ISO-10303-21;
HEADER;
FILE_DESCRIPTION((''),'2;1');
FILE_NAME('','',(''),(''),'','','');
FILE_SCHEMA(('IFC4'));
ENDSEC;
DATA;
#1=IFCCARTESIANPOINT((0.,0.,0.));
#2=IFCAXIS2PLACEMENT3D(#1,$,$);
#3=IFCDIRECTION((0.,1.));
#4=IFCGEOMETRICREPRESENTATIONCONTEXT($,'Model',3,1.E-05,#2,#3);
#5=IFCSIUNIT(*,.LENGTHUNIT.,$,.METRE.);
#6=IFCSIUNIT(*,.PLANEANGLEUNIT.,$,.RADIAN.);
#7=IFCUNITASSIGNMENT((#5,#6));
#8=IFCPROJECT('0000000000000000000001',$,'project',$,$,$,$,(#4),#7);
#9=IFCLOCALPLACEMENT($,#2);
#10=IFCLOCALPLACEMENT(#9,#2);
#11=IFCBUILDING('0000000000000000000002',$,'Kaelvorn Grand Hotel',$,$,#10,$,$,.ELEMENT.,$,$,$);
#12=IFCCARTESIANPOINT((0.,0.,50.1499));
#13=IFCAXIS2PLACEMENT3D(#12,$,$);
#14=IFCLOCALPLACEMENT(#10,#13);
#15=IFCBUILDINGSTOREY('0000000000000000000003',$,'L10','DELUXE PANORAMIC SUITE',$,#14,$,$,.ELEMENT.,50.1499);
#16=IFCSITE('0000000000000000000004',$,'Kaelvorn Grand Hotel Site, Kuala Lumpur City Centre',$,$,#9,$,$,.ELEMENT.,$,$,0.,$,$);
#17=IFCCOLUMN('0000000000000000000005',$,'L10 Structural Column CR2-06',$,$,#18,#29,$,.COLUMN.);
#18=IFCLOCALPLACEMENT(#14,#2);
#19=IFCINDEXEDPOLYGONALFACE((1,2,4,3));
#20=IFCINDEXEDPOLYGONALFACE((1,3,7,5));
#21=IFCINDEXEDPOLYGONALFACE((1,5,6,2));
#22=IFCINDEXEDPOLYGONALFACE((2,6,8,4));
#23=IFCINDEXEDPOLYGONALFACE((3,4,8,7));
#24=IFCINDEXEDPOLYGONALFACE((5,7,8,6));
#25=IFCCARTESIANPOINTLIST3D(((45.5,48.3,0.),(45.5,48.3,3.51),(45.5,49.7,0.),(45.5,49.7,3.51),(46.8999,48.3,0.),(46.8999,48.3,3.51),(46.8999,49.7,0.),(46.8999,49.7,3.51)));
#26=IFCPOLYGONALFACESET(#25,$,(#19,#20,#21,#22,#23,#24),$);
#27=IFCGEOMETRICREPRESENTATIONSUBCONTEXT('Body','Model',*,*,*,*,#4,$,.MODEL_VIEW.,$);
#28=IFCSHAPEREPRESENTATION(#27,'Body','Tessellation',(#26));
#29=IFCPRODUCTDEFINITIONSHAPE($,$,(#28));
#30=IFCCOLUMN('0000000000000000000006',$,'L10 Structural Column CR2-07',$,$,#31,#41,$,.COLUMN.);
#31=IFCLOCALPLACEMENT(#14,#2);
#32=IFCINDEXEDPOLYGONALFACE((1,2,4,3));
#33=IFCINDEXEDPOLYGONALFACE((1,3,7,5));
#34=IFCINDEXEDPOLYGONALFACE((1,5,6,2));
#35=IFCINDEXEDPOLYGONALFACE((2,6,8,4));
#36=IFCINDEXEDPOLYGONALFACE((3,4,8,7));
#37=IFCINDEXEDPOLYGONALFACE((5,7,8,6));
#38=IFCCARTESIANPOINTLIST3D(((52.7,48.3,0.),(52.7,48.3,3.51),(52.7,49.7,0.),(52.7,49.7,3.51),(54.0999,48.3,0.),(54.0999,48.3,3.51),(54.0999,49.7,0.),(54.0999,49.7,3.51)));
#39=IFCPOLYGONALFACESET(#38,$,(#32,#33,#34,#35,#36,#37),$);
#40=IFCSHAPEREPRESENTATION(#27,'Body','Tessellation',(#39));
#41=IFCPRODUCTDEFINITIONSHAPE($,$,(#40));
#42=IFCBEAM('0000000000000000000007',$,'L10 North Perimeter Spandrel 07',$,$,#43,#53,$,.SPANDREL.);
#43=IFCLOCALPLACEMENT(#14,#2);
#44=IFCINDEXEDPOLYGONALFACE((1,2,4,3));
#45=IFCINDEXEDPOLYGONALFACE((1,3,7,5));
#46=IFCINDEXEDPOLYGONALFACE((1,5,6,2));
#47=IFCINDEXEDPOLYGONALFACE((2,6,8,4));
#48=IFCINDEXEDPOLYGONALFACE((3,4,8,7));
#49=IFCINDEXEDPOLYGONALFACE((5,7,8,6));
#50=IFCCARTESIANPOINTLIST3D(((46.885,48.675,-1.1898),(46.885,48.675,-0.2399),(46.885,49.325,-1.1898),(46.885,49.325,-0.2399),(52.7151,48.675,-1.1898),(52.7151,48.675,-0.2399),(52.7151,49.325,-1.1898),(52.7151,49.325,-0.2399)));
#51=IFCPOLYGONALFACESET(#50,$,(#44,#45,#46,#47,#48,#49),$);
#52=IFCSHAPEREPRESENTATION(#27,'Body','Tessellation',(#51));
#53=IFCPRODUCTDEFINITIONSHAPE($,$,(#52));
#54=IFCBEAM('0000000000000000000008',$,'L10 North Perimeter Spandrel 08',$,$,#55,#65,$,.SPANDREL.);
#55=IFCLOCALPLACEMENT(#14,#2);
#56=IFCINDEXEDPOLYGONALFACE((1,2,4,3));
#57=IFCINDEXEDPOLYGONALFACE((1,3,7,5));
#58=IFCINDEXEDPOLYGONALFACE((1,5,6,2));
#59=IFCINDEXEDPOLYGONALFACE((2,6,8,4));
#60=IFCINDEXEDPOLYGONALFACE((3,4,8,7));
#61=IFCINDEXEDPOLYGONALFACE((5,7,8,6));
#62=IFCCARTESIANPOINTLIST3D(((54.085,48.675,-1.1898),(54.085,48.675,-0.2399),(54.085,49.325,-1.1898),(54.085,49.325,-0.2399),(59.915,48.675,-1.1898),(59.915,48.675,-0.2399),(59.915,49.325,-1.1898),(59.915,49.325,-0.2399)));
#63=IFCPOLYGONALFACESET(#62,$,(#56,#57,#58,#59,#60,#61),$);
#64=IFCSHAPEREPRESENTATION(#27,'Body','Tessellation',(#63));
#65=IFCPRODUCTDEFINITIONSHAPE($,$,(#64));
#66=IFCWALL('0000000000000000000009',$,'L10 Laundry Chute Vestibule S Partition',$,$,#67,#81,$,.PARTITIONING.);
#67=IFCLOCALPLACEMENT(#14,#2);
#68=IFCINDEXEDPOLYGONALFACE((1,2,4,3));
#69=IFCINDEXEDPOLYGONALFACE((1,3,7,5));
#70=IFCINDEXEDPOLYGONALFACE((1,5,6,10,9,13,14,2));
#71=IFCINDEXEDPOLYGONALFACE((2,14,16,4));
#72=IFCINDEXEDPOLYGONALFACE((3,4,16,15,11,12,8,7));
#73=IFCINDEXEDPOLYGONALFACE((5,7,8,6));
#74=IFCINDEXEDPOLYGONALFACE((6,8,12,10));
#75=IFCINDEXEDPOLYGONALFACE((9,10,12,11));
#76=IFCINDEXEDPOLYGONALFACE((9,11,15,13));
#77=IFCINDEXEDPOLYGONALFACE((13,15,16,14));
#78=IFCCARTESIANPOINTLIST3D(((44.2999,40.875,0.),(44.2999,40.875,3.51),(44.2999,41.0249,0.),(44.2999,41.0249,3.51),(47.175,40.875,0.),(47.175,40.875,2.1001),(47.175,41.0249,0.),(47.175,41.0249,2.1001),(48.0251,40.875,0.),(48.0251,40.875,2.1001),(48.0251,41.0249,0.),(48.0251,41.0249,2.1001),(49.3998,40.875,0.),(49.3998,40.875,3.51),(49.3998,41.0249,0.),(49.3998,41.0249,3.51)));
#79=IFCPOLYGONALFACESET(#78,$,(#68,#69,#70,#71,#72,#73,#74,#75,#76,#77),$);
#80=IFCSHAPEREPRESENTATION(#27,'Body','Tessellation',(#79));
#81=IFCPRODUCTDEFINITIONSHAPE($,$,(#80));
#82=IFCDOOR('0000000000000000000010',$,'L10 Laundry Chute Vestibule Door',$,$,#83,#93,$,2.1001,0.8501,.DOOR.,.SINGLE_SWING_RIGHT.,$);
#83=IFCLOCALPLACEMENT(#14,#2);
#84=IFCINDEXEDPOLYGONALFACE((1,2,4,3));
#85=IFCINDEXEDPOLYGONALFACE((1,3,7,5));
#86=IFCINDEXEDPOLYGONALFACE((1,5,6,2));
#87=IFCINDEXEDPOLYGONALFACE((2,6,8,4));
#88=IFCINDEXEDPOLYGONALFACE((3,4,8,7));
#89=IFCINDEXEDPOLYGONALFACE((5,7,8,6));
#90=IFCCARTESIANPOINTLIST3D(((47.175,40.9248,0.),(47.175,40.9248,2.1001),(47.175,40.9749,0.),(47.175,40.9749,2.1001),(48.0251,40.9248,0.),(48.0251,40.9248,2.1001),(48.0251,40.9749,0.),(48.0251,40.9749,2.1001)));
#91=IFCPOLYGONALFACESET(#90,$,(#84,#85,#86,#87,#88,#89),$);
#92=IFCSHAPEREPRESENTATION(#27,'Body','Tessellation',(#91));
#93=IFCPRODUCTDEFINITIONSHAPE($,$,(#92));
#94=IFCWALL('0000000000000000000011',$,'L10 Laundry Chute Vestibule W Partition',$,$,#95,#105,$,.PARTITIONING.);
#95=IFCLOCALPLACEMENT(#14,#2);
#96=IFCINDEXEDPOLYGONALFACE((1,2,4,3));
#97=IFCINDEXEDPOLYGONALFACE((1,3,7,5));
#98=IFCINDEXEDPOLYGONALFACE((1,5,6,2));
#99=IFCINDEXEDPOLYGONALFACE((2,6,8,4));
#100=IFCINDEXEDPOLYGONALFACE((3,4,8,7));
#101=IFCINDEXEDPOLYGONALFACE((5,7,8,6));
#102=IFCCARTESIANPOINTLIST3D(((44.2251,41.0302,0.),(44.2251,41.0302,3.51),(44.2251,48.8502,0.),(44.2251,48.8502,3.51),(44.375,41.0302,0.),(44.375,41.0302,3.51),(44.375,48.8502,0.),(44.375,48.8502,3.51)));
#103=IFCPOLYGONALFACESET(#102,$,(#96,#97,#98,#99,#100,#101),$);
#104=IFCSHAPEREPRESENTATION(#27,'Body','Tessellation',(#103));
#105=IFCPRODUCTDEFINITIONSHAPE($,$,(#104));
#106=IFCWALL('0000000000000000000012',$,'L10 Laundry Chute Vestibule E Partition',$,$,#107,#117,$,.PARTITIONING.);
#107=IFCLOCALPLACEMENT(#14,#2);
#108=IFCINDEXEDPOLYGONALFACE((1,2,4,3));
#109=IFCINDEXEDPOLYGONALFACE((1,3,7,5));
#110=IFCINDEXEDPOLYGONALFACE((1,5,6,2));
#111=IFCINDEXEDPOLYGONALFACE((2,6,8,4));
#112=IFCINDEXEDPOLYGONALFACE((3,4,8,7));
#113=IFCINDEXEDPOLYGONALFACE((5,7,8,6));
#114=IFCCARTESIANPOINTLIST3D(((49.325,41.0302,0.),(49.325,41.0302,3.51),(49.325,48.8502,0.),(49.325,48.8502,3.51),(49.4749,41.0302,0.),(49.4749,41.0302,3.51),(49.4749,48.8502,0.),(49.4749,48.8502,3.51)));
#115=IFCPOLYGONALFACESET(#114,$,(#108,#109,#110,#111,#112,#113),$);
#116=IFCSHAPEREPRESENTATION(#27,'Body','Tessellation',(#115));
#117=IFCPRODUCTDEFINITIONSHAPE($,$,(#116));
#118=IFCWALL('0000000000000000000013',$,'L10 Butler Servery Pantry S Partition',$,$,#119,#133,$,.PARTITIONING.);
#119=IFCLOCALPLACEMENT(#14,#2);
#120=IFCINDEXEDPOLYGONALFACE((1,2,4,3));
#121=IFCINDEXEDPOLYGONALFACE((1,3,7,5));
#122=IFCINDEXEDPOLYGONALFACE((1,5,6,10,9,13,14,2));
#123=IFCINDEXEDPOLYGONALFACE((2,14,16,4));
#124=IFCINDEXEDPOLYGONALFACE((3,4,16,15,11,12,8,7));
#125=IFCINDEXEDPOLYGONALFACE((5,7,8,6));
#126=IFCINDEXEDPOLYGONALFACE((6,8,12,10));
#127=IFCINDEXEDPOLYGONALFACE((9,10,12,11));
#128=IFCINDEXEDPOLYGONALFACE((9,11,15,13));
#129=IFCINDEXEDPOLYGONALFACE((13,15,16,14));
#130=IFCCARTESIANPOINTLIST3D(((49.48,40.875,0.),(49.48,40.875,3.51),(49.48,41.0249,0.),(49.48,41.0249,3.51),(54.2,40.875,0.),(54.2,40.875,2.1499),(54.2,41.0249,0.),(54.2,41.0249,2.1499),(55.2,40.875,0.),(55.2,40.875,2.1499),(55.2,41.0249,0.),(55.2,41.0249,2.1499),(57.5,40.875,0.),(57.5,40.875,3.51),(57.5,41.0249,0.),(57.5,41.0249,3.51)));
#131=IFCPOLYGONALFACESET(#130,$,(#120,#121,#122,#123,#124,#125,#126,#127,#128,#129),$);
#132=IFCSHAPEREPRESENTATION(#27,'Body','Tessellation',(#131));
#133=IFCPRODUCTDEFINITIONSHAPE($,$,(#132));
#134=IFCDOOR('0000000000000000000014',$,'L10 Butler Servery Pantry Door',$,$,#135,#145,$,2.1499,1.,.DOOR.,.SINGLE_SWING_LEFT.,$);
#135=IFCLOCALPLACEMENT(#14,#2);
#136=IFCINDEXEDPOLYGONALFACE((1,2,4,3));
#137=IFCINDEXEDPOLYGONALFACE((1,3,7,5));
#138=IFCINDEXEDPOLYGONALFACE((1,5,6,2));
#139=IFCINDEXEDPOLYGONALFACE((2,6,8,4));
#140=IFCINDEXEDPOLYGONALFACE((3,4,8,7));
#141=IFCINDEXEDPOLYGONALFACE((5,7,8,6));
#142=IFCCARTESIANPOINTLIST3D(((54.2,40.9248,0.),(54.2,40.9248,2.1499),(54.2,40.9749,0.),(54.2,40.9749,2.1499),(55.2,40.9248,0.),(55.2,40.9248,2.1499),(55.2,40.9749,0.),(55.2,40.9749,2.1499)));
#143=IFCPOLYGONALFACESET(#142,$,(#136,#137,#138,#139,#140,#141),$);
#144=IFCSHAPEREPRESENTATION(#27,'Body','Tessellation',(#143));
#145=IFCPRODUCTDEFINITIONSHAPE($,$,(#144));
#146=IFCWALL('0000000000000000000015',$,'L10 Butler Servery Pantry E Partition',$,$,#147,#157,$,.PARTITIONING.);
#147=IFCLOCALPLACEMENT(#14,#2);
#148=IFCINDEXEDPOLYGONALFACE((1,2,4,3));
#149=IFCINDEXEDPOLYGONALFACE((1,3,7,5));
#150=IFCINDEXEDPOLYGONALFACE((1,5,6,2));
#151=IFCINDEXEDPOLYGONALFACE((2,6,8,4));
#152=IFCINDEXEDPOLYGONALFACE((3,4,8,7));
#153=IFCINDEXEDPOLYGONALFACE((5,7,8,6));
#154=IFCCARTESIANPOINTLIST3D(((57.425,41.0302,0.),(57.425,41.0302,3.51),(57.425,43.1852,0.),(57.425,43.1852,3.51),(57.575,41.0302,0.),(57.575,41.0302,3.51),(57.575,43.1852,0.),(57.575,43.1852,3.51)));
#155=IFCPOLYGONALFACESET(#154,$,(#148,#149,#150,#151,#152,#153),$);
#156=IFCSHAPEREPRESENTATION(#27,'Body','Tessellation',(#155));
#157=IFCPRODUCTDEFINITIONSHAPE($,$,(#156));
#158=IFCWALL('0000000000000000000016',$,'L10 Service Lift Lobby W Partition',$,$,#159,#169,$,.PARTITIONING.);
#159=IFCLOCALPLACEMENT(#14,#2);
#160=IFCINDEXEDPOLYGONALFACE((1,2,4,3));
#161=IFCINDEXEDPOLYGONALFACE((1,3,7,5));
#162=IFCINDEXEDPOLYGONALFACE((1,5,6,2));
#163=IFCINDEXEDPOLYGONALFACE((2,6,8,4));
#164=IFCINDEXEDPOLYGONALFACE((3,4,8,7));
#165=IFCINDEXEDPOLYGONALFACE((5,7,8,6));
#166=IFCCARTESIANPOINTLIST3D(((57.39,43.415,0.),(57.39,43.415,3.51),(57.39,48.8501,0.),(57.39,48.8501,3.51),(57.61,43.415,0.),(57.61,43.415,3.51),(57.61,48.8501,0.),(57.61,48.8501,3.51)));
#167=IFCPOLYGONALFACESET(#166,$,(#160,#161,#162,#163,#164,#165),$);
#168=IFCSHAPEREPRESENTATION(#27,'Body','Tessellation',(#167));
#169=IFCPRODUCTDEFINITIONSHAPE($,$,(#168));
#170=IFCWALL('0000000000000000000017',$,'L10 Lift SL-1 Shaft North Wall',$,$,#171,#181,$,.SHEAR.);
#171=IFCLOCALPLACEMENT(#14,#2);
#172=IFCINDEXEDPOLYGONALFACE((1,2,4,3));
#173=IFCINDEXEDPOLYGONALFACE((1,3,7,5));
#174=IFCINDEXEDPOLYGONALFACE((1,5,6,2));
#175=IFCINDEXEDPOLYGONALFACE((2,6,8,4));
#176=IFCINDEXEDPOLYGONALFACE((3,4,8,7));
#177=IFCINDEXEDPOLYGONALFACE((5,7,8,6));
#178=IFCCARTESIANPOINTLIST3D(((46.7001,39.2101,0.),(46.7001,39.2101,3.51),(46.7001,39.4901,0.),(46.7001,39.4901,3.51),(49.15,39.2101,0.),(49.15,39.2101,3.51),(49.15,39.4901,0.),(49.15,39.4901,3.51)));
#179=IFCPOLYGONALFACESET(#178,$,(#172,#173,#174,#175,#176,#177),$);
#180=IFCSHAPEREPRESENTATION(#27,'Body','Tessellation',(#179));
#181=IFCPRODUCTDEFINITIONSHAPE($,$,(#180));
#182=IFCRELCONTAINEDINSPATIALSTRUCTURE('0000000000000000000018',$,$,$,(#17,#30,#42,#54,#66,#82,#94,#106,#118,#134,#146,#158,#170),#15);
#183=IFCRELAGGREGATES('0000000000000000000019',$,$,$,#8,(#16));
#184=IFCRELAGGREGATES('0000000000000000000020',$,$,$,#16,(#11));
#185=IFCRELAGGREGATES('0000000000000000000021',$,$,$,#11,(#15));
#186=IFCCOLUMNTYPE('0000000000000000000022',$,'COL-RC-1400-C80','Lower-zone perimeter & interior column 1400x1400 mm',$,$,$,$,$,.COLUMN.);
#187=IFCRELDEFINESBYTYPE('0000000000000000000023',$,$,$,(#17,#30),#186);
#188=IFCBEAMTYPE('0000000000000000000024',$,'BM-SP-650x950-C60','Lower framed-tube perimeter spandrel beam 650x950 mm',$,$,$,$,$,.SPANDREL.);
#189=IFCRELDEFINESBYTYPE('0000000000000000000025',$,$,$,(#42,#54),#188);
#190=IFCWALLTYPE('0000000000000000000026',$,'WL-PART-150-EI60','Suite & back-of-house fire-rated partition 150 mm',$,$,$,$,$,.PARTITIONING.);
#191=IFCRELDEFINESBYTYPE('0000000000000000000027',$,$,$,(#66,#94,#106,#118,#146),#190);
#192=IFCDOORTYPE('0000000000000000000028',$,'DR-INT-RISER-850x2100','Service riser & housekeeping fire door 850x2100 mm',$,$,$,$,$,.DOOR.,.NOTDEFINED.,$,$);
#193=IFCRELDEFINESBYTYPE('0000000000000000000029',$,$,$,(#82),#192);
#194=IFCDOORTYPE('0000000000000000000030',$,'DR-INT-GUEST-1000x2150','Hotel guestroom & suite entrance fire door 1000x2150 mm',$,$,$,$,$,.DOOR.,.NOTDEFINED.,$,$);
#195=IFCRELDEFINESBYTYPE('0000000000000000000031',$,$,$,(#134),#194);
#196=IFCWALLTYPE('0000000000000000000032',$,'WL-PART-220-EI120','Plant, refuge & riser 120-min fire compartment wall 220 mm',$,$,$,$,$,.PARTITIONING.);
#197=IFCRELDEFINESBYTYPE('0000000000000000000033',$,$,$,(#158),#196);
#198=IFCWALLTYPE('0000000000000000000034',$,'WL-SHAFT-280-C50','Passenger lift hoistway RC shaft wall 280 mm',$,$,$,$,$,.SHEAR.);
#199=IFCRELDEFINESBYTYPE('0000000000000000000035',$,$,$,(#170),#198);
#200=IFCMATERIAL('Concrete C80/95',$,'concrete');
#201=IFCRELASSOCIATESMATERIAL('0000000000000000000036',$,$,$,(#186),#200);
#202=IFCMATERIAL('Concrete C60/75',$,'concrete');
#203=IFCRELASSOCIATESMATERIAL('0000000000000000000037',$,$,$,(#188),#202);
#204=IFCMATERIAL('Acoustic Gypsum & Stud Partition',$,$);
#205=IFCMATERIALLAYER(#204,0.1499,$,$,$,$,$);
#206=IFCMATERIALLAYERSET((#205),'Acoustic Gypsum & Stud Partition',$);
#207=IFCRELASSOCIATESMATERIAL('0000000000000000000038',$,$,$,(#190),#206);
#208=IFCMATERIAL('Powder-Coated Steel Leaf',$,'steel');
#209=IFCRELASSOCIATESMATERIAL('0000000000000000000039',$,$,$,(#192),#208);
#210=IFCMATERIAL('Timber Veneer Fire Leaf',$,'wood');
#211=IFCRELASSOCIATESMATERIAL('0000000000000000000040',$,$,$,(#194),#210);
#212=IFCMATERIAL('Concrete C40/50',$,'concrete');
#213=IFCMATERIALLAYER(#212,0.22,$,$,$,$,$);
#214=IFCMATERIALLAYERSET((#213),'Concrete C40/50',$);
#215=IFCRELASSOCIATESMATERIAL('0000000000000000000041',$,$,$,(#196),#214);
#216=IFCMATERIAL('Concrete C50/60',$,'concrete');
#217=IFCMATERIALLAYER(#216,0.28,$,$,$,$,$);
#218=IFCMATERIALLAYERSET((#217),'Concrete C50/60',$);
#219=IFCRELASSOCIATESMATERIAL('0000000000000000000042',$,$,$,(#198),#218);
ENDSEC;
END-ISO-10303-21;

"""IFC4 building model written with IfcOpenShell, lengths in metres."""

from ifc_helpers import new_model, si_unit, direction, frame, frame_2d, origin, origin_2d, place, context, subcontext, project, spatial, rectangle, extrude, material, layer, layer_set, material_profile, profile_set, type_object, element, fill, save


model = new_model("IFC4")

# Units and contexts
model_context = context("Model", 3, precision=1e-05, world=origin(), true_north=direction((0.0, 1.0)))
body_context = subcontext(model_context, "Body", "Model", "MODEL_VIEW")
ifc_project = project(units=[si_unit("LENGTHUNIT", "METRE"), si_unit("PLANEANGLEUNIT", "RADIAN")], contexts=[model_context])

# Site, building, storey
site_placement = place(None, origin())
site = spatial("IfcSite", under=ifc_project, at=site_placement, Name="Kaelvorn Grand Hotel Site, Kuala Lumpur City Centre", CompositionType="ELEMENT", RefElevation=0.0)
building_placement = place(site_placement, origin())
building = spatial("IfcBuilding", under=site, at=building_placement, Name="Kaelvorn Grand Hotel", CompositionType="ELEMENT")
storey_placement = place(building_placement, frame((0.0, 0.0, 50.1499)))
storey = spatial("IfcBuildingStorey", under=building, at=storey_placement, Name="L10", Description="DELUXE PANORAMIC SUITE", CompositionType="ELEMENT", Elevation=50.1499)

# Columns
ifc_material_1 = material(Name="Concrete C80/95", Category="concrete")
ifc_material_profile_1 = material_profile(ifc_material_1, rectangle(XDim=1.3999, YDim=1.3999, at=origin_2d()), Name="RC COL 1400x1400")
ifc_profile_set_1 = profile_set([ifc_material_profile_1], Name="Concrete C80/95")
column_type = type_object("IfcColumnType", Name="COL-RC-1400-C80", Description="Lower-zone perimeter & interior column 1400x1400 mm", PredefinedType="COLUMN", material=ifc_profile_set_1)
for number, where, z_axis, x_axis, name in (
    (1, (46.2, 49.0, 0.0), (0.0, 0.0, 1.0), (1.0, 0.0, 0.0), "L10 Structural Column CR2-06"),
    (2, (53.3999, 49.0, 0.0), (0.0, 0.0, 1.0), (1.0, 0.0, 0.0), "L10 Structural Column CR2-07"),
):
    element("IfcColumn", number, at=place(storey_placement, frame(where, z_axis=z_axis, x_axis=x_axis)), inside=storey, type_object=column_type, Name=name, PredefinedType="COLUMN", context=body_context, shape_type="SweptSolid", body=[
        extrude(rectangle(XDim=1.3999, YDim=1.3999, at=origin_2d()), origin(), (0.0, 0.0, 1.0), 3.51),
    ])

# Beams
ifc_material_2 = material(Name="Concrete C60/75", Category="concrete")
ifc_material_profile_2 = material_profile(ifc_material_2, rectangle(XDim=0.6499, YDim=0.95, at=origin_2d()), Name="RC SPANDREL 650x950")
ifc_profile_set_2 = profile_set([ifc_material_profile_2], Name="Concrete C60/75")
beam_type = type_object("IfcBeamType", Name="BM-SP-650x950-C60", Description="Lower framed-tube perimeter spandrel beam 650x950 mm", PredefinedType="SPANDREL", material=ifc_profile_set_2)
for number, where, z_axis, x_axis, name in (
    (3, (46.885, 49.0, -0.7148), (1.0, 0.0, 0.0), (0.0, 1.0, 0.0), "L10 North Perimeter Spandrel 07"),
    (4, (54.085, 49.0, -0.7148), (1.0, 0.0, 0.0), (0.0, 1.0, 0.0), "L10 North Perimeter Spandrel 08"),
):
    element("IfcBeam", number, at=place(storey_placement, frame(where, z_axis=z_axis, x_axis=x_axis)), inside=storey, type_object=beam_type, Name=name, PredefinedType="SPANDREL", context=body_context, shape_type="SweptSolid", body=[
        extrude(rectangle(XDim=0.6499, YDim=0.95, at=origin_2d()), origin(), (0.0, 0.0, 1.0), 5.8301),
    ])

# Wall, opening, door
ifc_material_3 = material(Name="Acoustic Gypsum & Stud Partition")
ifc_layer_1 = layer(ifc_material_3, 0.1499)
ifc_layer_set_1 = layer_set([ifc_layer_1], Name="Acoustic Gypsum & Stud Partition")
wall_type_1 = type_object("IfcWallType", Name="WL-PART-150-EI60", Description="Suite & back-of-house fire-rated partition 150 mm", PredefinedType="PARTITIONING", material=ifc_layer_set_1)
wall_1_placement = place(storey_placement, frame((44.3, 40.95, 0.0), z_axis=(0.0, 0.0, 1.0), x_axis=(1.0, 0.0, 0.0)))
wall_1 = element("IfcWall", 5, at=wall_1_placement, inside=storey, type_object=wall_type_1, Name="L10 Laundry Chute Vestibule S Partition", PredefinedType="PARTITIONING", context=body_context, shape_type="SweptSolid", body=[
    extrude(rectangle(XDim=5.0999, YDim=0.1499, at=frame_2d((2.5498, 0.0))), origin(), (0.0, 0.0, 1.0), 3.51),
])
opening_1_placement = place(wall_1_placement, frame((2.875, 0.0, 0.0)))
opening_1 = element("IfcOpeningElement", 6, at=opening_1_placement, cuts=wall_1, PredefinedType="OPENING", context=body_context, shape_type="SweptSolid", body=[
    extrude(rectangle(XDim=0.8501, YDim=2.1001, at=frame_2d((0.425, 1.05))), frame((0.0, 0.085, 0.0), z_axis=(0.0, -1.0, 0.0), x_axis=(1.0, 0.0, 0.0)), (0.0, 0.0, 1.0), 0.1699),
])
ifc_material_4 = material(Name="Powder-Coated Steel Leaf", Category="steel")
door_type_1 = type_object("IfcDoorType", Name="DR-INT-RISER-850x2100", Description="Service riser & housekeeping fire door 850x2100 mm", OperationType="NOTDEFINED", PredefinedType="DOOR", material=ifc_material_4)
door_1_placement = place(opening_1_placement, origin())
door_1 = element("IfcDoor", 7, at=door_1_placement, inside=storey, type_object=door_type_1, Name="L10 Laundry Chute Vestibule Door", OperationType="SINGLE_SWING_RIGHT", OverallHeight=2.1001, OverallWidth=0.8501, PredefinedType="DOOR", context=body_context, shape_type="SweptSolid", body=[
    extrude(rectangle(XDim=0.8501, YDim=2.1001, at=frame_2d((0.425, 1.05))), frame((0.0, 0.0249, 0.0), z_axis=(0.0, -1.0, 0.0), x_axis=(1.0, 0.0, 0.0)), (0.0, 0.0, 1.0), 0.05),
])
fill(opening_1, door_1)

# Walls
for number, where, z_axis, x_axis, name in (
    (8, (44.3, 41.03, 0.0), (0.0, 0.0, 1.0), (0.0, 1.0, 0.0), "L10 Laundry Chute Vestibule W Partition"),
    (9, (49.3999, 41.03, 0.0), (0.0, 0.0, 1.0), (0.0, 1.0, 0.0), "L10 Laundry Chute Vestibule E Partition"),
):
    element("IfcWall", number, at=place(storey_placement, frame(where, z_axis=z_axis, x_axis=x_axis)), inside=storey, type_object=wall_type_1, Name=name, PredefinedType="PARTITIONING", context=body_context, shape_type="SweptSolid", body=[
        extrude(rectangle(XDim=7.8201, YDim=0.1499, at=frame_2d((3.9102, 0.0))), origin(), (0.0, 0.0, 1.0), 3.51),
    ])

# Wall, opening, door
wall_2_placement = place(storey_placement, frame((49.48, 40.95, 0.0), z_axis=(0.0, 0.0, 1.0), x_axis=(1.0, 0.0, 0.0)))
wall_2 = element("IfcWall", 10, at=wall_2_placement, inside=storey, type_object=wall_type_1, Name="L10 Butler Servery Pantry S Partition", PredefinedType="PARTITIONING", context=body_context, shape_type="SweptSolid", body=[
    extrude(rectangle(XDim=8.02, YDim=0.1499, at=frame_2d((4.01, 0.0))), origin(), (0.0, 0.0, 1.0), 3.51),
])
opening_2_placement = place(wall_2_placement, frame((4.72, 0.0, 0.0)))
opening_2 = element("IfcOpeningElement", 11, at=opening_2_placement, cuts=wall_2, PredefinedType="OPENING", context=body_context, shape_type="SweptSolid", body=[
    extrude(rectangle(XDim=1.0, YDim=2.1499, at=frame_2d((0.5, 1.075))), frame((0.0, 0.085, 0.0), z_axis=(0.0, -1.0, 0.0), x_axis=(1.0, 0.0, 0.0)), (0.0, 0.0, 1.0), 0.1699),
])
ifc_material_5 = material(Name="Timber Veneer Fire Leaf", Category="wood")
door_type_2 = type_object("IfcDoorType", Name="DR-INT-GUEST-1000x2150", Description="Hotel guestroom & suite entrance fire door 1000x2150 mm", OperationType="NOTDEFINED", PredefinedType="DOOR", material=ifc_material_5)
door_2_placement = place(opening_2_placement, origin())
door_2 = element("IfcDoor", 12, at=door_2_placement, inside=storey, type_object=door_type_2, Name="L10 Butler Servery Pantry Door", OperationType="SINGLE_SWING_LEFT", OverallHeight=2.1499, OverallWidth=1.0, PredefinedType="DOOR", context=body_context, shape_type="SweptSolid", body=[
    extrude(rectangle(XDim=1.0, YDim=2.1499, at=frame_2d((0.5, 1.075))), frame((0.0, 0.0249, 0.0), z_axis=(0.0, -1.0, 0.0), x_axis=(1.0, 0.0, 0.0)), (0.0, 0.0, 1.0), 0.05),
])
fill(opening_2, door_2)

# Wall
wall_3_placement = place(storey_placement, frame((57.5, 41.03, 0.0), z_axis=(0.0, 0.0, 1.0), x_axis=(0.0, 1.0, 0.0)))
element("IfcWall", 13, at=wall_3_placement, inside=storey, type_object=wall_type_1, Name="L10 Butler Servery Pantry E Partition", PredefinedType="PARTITIONING", context=body_context, shape_type="SweptSolid", body=[
    extrude(rectangle(XDim=2.155, YDim=0.1499, at=frame_2d((1.0776, 0.0))), origin(), (0.0, 0.0, 1.0), 3.51),
])

# Shared definitions
ifc_material_6 = material(Name="Concrete C40/50", Category="concrete")
ifc_layer_2 = layer(ifc_material_6, 0.22)
ifc_layer_set_2 = layer_set([ifc_layer_2], Name="Concrete C40/50")
wall_type_2 = type_object("IfcWallType", Name="WL-PART-220-EI120", Description="Plant, refuge & riser 120-min fire compartment wall 220 mm", PredefinedType="PARTITIONING", material=ifc_layer_set_2)

# Walls
wall_4_placement = place(storey_placement, frame((57.5, 43.415, 0.0), z_axis=(0.0, 0.0, 1.0), x_axis=(0.0, 1.0, 0.0)))
element("IfcWall", 14, at=wall_4_placement, inside=storey, type_object=wall_type_2, Name="L10 Service Lift Lobby W Partition", PredefinedType="PARTITIONING", context=body_context, shape_type="SweptSolid", body=[
    extrude(rectangle(XDim=5.4351, YDim=0.22, at=frame_2d((2.7175, 0.0))), origin(), (0.0, 0.0, 1.0), 3.51),
])
ifc_material_7 = material(Name="Concrete C50/60", Category="concrete")
ifc_layer_3 = layer(ifc_material_7, 0.28)
ifc_layer_set_3 = layer_set([ifc_layer_3], Name="Concrete C50/60")
wall_type_3 = type_object("IfcWallType", Name="WL-SHAFT-280-C50", Description="Passenger lift hoistway RC shaft wall 280 mm", PredefinedType="SHEAR", material=ifc_layer_set_3)
for number, where, z_axis, x_axis, name in (
    (15, (46.7, 39.3501, 0.0), (0.0, 0.0, 1.0), (1.0, 0.0, 0.0), "L10 Lift SL-1 Shaft North Wall"),
):
    element("IfcWall", number, at=place(storey_placement, frame(where, z_axis=z_axis, x_axis=x_axis)), inside=storey, type_object=wall_type_3, Name=name, PredefinedType="SHEAR", context=body_context, shape_type="SweptSolid", body=[
        extrude(rectangle(XDim=2.45, YDim=0.28, at=frame_2d((1.2251, 0.0))), origin(), (0.0, 0.0, 1.0), 3.51),
    ])

save(model, "model.ifc")
